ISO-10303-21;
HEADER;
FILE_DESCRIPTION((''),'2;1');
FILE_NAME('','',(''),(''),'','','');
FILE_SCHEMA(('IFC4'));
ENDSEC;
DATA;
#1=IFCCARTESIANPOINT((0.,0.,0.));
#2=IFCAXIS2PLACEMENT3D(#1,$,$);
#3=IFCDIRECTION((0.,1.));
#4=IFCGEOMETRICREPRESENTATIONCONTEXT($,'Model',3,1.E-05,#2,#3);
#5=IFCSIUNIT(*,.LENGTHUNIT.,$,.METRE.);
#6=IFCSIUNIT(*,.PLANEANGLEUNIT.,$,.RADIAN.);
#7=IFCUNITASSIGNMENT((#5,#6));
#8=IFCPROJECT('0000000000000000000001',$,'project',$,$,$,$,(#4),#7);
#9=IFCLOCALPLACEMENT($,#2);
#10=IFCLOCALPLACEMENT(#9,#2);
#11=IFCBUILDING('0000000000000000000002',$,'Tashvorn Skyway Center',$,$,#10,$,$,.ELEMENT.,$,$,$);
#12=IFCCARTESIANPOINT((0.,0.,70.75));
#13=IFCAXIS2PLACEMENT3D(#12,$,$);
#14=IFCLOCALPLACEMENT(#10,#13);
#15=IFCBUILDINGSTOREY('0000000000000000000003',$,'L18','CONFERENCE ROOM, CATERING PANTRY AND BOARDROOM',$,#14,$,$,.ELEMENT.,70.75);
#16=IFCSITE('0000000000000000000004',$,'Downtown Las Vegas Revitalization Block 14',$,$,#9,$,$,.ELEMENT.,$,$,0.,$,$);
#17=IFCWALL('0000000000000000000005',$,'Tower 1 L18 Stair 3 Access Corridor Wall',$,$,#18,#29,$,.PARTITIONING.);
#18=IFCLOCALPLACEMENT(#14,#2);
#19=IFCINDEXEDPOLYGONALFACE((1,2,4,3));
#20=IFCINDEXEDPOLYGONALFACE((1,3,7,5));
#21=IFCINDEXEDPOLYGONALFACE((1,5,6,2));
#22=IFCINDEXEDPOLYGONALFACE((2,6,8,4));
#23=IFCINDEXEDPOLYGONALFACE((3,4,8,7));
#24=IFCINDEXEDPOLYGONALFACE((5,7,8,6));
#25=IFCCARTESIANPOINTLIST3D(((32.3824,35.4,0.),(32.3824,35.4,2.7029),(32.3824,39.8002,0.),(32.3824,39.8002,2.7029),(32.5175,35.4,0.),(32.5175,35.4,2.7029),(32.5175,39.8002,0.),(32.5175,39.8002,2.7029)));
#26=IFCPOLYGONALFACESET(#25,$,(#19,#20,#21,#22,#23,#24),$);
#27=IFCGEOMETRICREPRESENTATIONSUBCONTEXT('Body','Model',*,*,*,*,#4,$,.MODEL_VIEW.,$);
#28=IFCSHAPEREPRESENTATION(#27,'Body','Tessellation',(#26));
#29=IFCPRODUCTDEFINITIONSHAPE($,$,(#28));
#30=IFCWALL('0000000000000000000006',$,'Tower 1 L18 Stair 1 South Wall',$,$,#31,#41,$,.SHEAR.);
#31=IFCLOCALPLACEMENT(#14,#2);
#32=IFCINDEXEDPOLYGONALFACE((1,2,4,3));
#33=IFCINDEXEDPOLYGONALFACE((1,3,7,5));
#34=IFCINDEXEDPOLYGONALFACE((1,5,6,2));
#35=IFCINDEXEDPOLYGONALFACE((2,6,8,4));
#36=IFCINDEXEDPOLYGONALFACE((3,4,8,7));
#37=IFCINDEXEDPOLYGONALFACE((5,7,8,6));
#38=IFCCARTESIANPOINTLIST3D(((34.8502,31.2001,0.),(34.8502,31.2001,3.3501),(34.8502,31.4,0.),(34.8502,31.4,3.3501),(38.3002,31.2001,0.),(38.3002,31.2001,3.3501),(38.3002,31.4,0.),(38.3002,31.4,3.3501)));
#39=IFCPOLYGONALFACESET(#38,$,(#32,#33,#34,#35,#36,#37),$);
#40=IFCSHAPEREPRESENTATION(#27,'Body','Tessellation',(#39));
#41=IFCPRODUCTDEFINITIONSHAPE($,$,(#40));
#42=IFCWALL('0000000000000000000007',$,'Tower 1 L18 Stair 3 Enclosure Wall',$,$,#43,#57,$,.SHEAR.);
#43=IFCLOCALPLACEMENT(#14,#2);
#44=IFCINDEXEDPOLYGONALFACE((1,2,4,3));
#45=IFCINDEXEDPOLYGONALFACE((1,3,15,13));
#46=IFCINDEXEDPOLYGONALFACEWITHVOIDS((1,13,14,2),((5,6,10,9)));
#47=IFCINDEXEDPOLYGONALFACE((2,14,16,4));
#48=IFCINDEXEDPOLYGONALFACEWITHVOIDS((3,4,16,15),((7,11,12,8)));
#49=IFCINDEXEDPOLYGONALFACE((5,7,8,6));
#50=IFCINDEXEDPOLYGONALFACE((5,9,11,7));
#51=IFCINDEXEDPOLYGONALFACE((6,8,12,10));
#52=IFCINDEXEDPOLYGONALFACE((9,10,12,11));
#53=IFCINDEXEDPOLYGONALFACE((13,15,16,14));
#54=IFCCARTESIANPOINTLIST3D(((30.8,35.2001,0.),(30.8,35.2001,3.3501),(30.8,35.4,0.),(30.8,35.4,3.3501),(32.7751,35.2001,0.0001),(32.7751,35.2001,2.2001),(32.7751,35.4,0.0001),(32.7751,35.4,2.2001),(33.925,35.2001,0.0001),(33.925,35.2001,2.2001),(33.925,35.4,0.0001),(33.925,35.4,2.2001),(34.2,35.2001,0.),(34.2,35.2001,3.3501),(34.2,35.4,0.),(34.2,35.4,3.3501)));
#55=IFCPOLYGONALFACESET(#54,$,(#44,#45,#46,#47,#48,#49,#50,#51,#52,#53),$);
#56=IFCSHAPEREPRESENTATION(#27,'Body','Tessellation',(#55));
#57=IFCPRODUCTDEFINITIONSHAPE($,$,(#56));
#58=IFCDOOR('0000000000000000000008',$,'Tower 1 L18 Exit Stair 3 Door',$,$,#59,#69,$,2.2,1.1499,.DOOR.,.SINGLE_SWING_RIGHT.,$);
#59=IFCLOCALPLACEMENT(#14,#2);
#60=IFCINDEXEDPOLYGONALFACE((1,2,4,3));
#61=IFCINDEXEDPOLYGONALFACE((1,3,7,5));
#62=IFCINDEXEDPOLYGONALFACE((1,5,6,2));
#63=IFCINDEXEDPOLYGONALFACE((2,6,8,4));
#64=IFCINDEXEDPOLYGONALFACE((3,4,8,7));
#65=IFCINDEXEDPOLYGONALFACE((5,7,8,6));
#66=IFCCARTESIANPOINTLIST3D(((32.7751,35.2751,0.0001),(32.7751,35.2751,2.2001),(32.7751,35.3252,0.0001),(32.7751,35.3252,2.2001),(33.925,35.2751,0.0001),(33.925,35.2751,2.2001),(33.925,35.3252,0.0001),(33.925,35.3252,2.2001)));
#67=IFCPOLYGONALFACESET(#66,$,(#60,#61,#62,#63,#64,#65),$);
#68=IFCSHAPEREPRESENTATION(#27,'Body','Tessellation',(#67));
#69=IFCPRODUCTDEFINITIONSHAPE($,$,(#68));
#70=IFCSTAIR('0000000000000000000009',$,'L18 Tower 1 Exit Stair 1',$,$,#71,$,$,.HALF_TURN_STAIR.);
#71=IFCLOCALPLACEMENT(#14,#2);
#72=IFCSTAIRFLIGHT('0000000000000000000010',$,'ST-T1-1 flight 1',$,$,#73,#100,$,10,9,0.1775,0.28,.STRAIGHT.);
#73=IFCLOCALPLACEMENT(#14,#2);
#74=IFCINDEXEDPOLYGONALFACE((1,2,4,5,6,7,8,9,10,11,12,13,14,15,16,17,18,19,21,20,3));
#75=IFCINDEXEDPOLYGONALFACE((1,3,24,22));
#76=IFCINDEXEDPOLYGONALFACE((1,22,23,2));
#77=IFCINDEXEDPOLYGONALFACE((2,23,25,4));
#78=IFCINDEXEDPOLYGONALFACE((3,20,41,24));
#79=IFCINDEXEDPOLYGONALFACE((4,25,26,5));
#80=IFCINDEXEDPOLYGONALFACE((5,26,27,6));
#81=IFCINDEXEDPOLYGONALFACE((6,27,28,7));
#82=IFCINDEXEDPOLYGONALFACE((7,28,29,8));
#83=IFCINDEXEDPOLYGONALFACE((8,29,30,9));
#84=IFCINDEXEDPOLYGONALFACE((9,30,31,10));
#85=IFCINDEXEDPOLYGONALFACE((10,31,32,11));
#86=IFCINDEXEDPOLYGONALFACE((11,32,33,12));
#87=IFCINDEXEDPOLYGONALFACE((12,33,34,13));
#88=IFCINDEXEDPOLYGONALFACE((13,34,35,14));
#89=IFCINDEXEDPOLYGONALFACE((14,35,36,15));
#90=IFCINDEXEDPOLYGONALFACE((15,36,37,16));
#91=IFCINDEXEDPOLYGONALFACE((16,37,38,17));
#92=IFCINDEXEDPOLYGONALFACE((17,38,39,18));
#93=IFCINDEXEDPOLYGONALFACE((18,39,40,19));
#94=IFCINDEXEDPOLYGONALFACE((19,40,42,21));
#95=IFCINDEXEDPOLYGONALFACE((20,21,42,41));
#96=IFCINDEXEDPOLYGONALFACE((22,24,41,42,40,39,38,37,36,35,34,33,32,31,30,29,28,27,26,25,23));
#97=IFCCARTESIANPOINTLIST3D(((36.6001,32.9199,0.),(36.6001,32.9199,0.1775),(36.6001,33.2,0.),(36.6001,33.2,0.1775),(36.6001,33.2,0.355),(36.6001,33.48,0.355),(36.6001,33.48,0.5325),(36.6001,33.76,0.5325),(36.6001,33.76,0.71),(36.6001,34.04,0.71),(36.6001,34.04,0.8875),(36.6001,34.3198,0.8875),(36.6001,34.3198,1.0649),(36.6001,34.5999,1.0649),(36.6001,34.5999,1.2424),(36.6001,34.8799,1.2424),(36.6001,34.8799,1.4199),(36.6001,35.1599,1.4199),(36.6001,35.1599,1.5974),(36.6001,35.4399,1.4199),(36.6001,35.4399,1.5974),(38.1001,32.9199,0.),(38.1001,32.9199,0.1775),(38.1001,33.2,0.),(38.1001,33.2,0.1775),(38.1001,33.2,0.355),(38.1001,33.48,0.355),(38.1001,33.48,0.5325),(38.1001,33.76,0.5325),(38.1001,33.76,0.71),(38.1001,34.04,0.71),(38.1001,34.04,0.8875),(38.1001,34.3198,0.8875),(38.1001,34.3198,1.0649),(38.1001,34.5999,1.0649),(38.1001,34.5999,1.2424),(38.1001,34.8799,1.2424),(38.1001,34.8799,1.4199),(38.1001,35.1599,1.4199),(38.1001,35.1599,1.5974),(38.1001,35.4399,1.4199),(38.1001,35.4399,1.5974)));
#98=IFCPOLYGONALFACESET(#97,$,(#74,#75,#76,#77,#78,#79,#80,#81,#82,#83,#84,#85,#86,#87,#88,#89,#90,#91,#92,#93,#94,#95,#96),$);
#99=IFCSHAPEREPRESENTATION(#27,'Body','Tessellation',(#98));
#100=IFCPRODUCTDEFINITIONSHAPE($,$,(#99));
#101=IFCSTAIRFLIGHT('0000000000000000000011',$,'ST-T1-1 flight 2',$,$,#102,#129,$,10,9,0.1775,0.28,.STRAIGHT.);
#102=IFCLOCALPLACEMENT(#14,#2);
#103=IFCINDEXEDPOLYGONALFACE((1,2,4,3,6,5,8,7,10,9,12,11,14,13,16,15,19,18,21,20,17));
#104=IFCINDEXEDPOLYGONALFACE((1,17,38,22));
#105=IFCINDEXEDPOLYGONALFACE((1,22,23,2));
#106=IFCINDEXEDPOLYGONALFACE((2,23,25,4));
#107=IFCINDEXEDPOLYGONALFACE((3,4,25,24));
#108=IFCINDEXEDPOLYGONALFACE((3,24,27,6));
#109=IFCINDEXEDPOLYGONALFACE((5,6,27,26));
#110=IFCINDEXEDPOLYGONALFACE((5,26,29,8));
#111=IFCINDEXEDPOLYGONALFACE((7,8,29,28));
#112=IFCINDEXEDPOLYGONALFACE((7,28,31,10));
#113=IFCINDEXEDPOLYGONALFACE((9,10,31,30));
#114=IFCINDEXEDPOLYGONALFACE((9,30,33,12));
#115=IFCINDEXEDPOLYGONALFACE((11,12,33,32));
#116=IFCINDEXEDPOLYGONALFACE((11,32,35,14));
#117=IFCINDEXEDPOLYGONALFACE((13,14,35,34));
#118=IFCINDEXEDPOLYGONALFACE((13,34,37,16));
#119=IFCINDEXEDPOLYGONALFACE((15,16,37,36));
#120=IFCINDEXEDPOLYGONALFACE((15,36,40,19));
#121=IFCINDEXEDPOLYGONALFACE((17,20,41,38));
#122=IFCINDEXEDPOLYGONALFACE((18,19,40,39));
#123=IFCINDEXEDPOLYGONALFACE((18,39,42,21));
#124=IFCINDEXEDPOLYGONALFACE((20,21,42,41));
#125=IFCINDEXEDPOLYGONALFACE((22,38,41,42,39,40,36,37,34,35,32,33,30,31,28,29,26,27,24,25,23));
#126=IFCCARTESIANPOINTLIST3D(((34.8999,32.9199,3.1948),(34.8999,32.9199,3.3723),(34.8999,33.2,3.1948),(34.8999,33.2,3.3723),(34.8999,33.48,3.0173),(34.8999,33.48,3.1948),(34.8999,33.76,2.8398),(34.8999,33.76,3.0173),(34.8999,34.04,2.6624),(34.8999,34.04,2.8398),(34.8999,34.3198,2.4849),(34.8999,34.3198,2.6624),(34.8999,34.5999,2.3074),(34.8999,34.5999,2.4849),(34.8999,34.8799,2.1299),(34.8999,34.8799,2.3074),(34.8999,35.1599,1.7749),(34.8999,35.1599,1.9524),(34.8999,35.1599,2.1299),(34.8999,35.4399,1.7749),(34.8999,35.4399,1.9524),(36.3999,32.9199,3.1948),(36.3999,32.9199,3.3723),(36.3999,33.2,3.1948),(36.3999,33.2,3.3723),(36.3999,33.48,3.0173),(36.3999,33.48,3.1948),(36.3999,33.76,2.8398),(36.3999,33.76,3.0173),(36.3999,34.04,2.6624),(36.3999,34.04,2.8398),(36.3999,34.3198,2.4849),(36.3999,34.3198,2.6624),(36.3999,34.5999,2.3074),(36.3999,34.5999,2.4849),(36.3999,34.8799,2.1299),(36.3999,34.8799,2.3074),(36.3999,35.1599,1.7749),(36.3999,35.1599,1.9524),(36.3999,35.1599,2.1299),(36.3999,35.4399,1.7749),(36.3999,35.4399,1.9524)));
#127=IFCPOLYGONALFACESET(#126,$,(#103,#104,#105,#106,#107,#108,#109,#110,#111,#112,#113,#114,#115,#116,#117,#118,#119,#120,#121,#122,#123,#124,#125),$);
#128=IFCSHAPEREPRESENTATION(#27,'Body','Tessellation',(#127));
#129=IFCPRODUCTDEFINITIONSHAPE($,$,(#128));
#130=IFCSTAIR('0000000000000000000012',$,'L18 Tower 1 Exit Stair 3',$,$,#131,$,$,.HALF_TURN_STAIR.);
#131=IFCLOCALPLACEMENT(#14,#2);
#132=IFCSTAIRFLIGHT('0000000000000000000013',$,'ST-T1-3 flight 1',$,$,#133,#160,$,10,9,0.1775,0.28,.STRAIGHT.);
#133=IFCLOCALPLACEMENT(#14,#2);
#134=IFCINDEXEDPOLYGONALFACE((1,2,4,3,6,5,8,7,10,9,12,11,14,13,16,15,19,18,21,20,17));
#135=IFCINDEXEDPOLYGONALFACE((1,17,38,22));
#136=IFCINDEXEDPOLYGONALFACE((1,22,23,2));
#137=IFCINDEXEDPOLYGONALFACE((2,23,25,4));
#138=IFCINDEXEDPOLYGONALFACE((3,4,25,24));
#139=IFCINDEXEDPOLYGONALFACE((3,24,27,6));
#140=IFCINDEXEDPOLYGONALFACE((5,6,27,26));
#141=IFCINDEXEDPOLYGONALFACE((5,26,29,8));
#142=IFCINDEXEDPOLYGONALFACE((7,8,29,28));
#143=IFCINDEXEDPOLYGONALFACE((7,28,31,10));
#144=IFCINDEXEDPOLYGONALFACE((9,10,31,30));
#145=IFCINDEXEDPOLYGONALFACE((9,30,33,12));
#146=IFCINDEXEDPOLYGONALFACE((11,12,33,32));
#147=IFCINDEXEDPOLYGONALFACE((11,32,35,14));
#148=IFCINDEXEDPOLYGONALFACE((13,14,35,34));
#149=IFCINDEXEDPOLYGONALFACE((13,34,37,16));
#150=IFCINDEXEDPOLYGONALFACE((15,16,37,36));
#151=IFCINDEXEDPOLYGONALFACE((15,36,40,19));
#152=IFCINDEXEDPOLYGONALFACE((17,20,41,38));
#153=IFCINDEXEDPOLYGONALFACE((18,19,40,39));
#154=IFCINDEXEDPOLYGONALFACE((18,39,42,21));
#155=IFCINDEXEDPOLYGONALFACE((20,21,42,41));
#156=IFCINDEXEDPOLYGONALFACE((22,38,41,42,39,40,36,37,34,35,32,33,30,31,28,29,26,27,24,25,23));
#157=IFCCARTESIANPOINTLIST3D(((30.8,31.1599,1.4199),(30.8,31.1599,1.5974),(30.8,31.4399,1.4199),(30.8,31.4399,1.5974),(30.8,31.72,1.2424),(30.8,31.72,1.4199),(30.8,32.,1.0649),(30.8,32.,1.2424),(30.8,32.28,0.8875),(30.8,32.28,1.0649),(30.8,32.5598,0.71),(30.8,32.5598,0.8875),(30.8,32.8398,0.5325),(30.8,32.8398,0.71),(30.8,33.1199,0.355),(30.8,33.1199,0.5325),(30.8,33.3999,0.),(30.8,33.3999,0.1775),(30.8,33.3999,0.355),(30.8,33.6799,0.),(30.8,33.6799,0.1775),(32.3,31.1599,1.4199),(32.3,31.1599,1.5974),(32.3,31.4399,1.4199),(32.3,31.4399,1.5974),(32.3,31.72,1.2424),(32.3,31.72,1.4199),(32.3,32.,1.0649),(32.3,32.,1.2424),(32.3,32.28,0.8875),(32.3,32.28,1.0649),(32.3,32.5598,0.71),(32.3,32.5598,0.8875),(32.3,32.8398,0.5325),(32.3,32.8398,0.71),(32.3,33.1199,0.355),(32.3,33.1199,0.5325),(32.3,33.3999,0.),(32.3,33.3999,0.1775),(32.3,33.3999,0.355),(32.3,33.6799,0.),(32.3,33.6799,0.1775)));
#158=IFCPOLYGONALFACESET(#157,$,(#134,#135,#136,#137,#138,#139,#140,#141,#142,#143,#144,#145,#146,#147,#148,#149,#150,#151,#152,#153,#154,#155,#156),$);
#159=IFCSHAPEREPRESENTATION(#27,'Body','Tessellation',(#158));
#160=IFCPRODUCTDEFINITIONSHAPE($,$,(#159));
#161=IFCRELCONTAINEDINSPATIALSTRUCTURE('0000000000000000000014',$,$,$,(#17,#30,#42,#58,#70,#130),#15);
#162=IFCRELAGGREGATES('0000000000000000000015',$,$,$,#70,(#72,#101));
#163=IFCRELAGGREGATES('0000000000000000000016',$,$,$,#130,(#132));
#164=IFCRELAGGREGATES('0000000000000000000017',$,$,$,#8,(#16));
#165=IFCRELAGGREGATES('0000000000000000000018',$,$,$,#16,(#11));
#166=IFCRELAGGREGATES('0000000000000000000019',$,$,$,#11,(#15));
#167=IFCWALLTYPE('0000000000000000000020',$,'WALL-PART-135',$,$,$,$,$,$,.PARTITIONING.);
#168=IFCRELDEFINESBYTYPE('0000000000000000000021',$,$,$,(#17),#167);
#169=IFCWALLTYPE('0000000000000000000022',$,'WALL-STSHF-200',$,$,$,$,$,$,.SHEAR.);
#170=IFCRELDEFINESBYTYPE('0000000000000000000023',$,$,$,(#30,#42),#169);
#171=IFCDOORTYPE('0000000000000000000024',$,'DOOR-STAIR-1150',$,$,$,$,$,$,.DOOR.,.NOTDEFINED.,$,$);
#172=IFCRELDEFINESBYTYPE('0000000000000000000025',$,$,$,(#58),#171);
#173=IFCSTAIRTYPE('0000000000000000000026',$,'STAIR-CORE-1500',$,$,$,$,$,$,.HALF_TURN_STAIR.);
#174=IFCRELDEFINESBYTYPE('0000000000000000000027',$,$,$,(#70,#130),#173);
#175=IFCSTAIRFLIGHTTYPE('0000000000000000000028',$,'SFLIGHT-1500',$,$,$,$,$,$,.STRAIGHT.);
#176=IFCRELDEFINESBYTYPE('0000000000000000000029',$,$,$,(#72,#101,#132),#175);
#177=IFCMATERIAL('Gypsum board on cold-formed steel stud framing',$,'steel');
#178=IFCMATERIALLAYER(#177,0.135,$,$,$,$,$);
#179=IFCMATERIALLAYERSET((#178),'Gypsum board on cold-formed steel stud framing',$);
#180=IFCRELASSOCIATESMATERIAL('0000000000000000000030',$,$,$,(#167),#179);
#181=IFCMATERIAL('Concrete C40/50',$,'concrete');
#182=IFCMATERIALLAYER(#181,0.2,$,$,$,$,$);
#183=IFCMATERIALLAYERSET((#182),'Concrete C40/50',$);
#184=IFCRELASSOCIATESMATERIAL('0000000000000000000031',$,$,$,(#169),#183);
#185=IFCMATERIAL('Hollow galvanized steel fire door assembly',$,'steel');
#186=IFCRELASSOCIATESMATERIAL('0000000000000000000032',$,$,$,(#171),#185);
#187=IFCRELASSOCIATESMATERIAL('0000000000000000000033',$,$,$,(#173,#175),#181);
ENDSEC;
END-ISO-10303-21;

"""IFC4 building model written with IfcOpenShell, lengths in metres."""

from ifc_helpers import new_model, si_unit, direction, frame, frame_2d, origin, place, context, subcontext, project, spatial, polyline, rectangle, outline, extrude, material, layer, layer_set, type_object, element, fill, aggregate, save


model = new_model("IFC4")

# Units and contexts
model_context = context("Model", 3, precision=1e-05, world=origin(), true_north=direction((0.0, 1.0)))
body_context = subcontext(model_context, "Body", "Model", "MODEL_VIEW")
ifc_project = project(units=[si_unit("LENGTHUNIT", "METRE"), si_unit("PLANEANGLEUNIT", "RADIAN")], contexts=[model_context])

# Site, building, storey
site_placement = place(None, origin())
site = spatial("IfcSite", under=ifc_project, at=site_placement, Name="Downtown Las Vegas Revitalization Block 14", CompositionType="ELEMENT", RefElevation=0.0)
building_placement = place(site_placement, origin())
building = spatial("IfcBuilding", under=site, at=building_placement, Name="Tashvorn Skyway Center", CompositionType="ELEMENT")
storey_placement = place(building_placement, frame((0.0, 0.0, 70.75)))
storey = spatial("IfcBuildingStorey", under=building, at=storey_placement, Name="L18", Description="CONFERENCE ROOM, CATERING PANTRY AND BOARDROOM", CompositionType="ELEMENT", Elevation=70.75)

# Walls
ifc_material_1 = material(Name="Gypsum board on cold-formed steel stud framing", Category="steel")
ifc_layer_1 = layer(ifc_material_1, 0.135)
ifc_layer_set_1 = layer_set([ifc_layer_1], Name="Gypsum board on cold-formed steel stud framing")
wall_type_1 = type_object("IfcWallType", Name="WALL-PART-135", PredefinedType="PARTITIONING", material=ifc_layer_set_1)
wall_1_placement = place(storey_placement, frame((32.45, 35.3999, 0.0), z_axis=(0.0, 0.0, 1.0), x_axis=(0.0, 1.0, 0.0)))
element("IfcWall", 1, at=wall_1_placement, inside=storey, type_object=wall_type_1, Name="Tower 1 L18 Stair 3 Access Corridor Wall", PredefinedType="PARTITIONING", context=body_context, shape_type="SweptSolid", body=[
    extrude(rectangle(XDim=4.4001, YDim=0.135, at=frame_2d((2.2002, 0.0))), origin(), (0.0, 0.0, 1.0), 2.7029),
])
ifc_material_2 = material(Name="Concrete C40/50", Category="concrete")
ifc_layer_2 = layer(ifc_material_2, 0.2)
ifc_layer_set_2 = layer_set([ifc_layer_2], Name="Concrete C40/50")
wall_type_2 = type_object("IfcWallType", Name="WALL-STSHF-200", PredefinedType="SHEAR", material=ifc_layer_set_2)
wall_2_placement = place(storey_placement, frame((34.8501, 31.3, 0.0), z_axis=(0.0, 0.0, 1.0), x_axis=(1.0, 0.0, 0.0)))
element("IfcWall", 2, at=wall_2_placement, inside=storey, type_object=wall_type_2, Name="Tower 1 L18 Stair 1 South Wall", PredefinedType="SHEAR", context=body_context, shape_type="SweptSolid", body=[
    extrude(rectangle(XDim=3.45, YDim=0.2, at=frame_2d((1.7251, 0.0))), origin(), (0.0, 0.0, 1.0), 3.3501),
])

# Wall, opening, door
wall_3_placement = place(storey_placement, frame((34.2, 35.3, 0.0), z_axis=(0.0, 0.0, 1.0), x_axis=(-1.0, 0.0, 0.0)))
wall_3 = element("IfcWall", 3, at=wall_3_placement, inside=storey, type_object=wall_type_2, Name="Tower 1 L18 Stair 3 Enclosure Wall", PredefinedType="SHEAR", context=body_context, shape_type="SweptSolid", body=[
    extrude(rectangle(XDim=3.3999, YDim=0.2, at=frame_2d((1.7, 0.0))), origin(), (0.0, 0.0, 1.0), 3.3501),
])
opening_placement = place(wall_3_placement, frame((0.2749, 0.0, 0.0)))
opening = element("IfcOpeningElement", 4, at=opening_placement, cuts=wall_3, PredefinedType="OPENING", context=body_context, shape_type="SweptSolid", body=[
    extrude(rectangle(XDim=1.1499, YDim=2.2, at=frame_2d((0.575, 1.1001))), frame((0.0, 0.1099, 0.0), z_axis=(0.0, -1.0, 0.0), x_axis=(1.0, 0.0, 0.0)), (0.0, 0.0, 1.0), 0.22),
])
ifc_material_3 = material(Name="Hollow galvanized steel fire door assembly", Category="steel")
door_type = type_object("IfcDoorType", Name="DOOR-STAIR-1150", OperationType="NOTDEFINED", PredefinedType="DOOR", material=ifc_material_3)
door_placement = place(opening_placement, origin())
door = element("IfcDoor", 5, at=door_placement, inside=storey, type_object=door_type, Name="Tower 1 L18 Exit Stair 3 Door", OperationType="SINGLE_SWING_RIGHT", OverallHeight=2.2, OverallWidth=1.1499, PredefinedType="DOOR", context=body_context, shape_type="SweptSolid", body=[
    extrude(rectangle(XDim=1.1499, YDim=2.2, at=frame_2d((0.575, 1.1001))), frame((0.0, 0.0249, 0.0), z_axis=(0.0, -1.0, 0.0), x_axis=(1.0, 0.0, 0.0)), (0.0, 0.0, 1.0), 0.05),
])
fill(opening, door)

# Stairs, stair flights
stair_type = type_object("IfcStairType", Name="STAIR-CORE-1500", PredefinedType="HALF_TURN_STAIR", material=ifc_material_2)
stair_1_placement = place(storey_placement, origin())
stair_1 = element("IfcStair", 6, at=stair_1_placement, inside=storey, type_object=stair_type, Name="L18 Tower 1 Exit Stair 1", PredefinedType="HALF_TURN_STAIR")
stair_flight_type = type_object("IfcStairFlightType", Name="SFLIGHT-1500", PredefinedType="STRAIGHT", material=ifc_material_2)
stair_flight_1_placement = place(storey_placement, frame((37.3501, 32.9199, 0.0), z_axis=(0.0, 0.0, 1.0), x_axis=(0.0, 1.0, 0.0)))
stair_flight_1 = element("IfcStairFlight", 7, at=stair_flight_1_placement, type_object=stair_flight_type, Name="ST-T1-1 flight 1", NumberOfRisers=10, NumberOfTreads=9, PredefinedType="STRAIGHT", RiserHeight=0.1775, TreadLength=0.28, context=body_context, shape_type="SweptSolid", body=[
    extrude(outline(polyline([(0.0, 0.0), (0.0, 0.1775), (0.28, 0.1775), (0.28, 0.355), (0.5601, 0.355), (0.5601, 0.5325), (0.8401, 0.5325), (0.8401, 0.71), (1.1201, 0.71), (1.1201, 0.8875), (1.3999, 0.8875), (1.3999, 1.0649), (1.6799, 1.0649), (1.6799, 1.2424), (1.96, 1.2424), (1.96, 1.4199), (2.24, 1.4199), (2.24, 1.5974), (2.52, 1.5974), (2.52, 1.7749), (2.52, 1.4199), (0.28, 0.0), (0.0, 0.0)])), frame((0.0, 0.75, 0.0), z_axis=(0.0, -1.0, 0.0), x_axis=(1.0, 0.0, 0.0)), (0.0, 0.0, 1.0), 1.5),
])
stair_flight_2_placement = place(storey_placement, frame((35.6499, 35.4399, 1.7749), z_axis=(0.0, 0.0, 1.0), x_axis=(0.0, -1.0, 0.0)))
stair_flight_2 = element("IfcStairFlight", 8, at=stair_flight_2_placement, type_object=stair_flight_type, Name="ST-T1-1 flight 2", NumberOfRisers=10, NumberOfTreads=9, PredefinedType="STRAIGHT", RiserHeight=0.1775, TreadLength=0.28, context=body_context, shape_type="SweptSolid", body=[
    extrude(outline(polyline([(0.0, 0.0), (0.0, 0.1775), (0.28, 0.1775), (0.28, 0.355), (0.5601, 0.355), (0.5601, 0.5325), (0.8401, 0.5325), (0.8401, 0.71), (1.1201, 0.71), (1.1201, 0.8875), (1.3999, 0.8875), (1.3999, 1.0649), (1.6799, 1.0649), (1.6799, 1.2424), (1.96, 1.2424), (1.96, 1.4199), (2.24, 1.4199), (2.24, 1.5974), (2.52, 1.5974), (2.52, 1.7749), (2.52, 1.4199), (0.28, 0.0), (0.0, 0.0)])), frame((0.0, 0.75, 0.0), z_axis=(0.0, -1.0, 0.0), x_axis=(1.0, 0.0, 0.0)), (0.0, 0.0, 1.0), 1.5),
])
aggregate(stair_1, [stair_flight_1, stair_flight_2])
stair_2_placement = place(storey_placement, origin())
stair_2 = element("IfcStair", 9, at=stair_2_placement, inside=storey, type_object=stair_type, Name="L18 Tower 1 Exit Stair 3", PredefinedType="HALF_TURN_STAIR")
stair_flight_3_placement = place(storey_placement, frame((31.55, 33.6799, 0.0), z_axis=(0.0, 0.0, 1.0), x_axis=(0.0, -1.0, 0.0)))
stair_flight_3 = element("IfcStairFlight", 10, at=stair_flight_3_placement, type_object=stair_flight_type, Name="ST-T1-3 flight 1", NumberOfRisers=10, NumberOfTreads=9, PredefinedType="STRAIGHT", RiserHeight=0.1775, TreadLength=0.28, context=body_context, shape_type="SweptSolid", body=[
    extrude(outline(polyline([(0.0, 0.0), (0.0, 0.1775), (0.28, 0.1775), (0.28, 0.355), (0.5601, 0.355), (0.5601, 0.5325), (0.8401, 0.5325), (0.8401, 0.71), (1.1201, 0.71), (1.1201, 0.8875), (1.3999, 0.8875), (1.3999, 1.0649), (1.6799, 1.0649), (1.6799, 1.2424), (1.96, 1.2424), (1.96, 1.4199), (2.24, 1.4199), (2.24, 1.5974), (2.52, 1.5974), (2.52, 1.7749), (2.52, 1.4199), (0.28, 0.0), (0.0, 0.0)])), frame((0.0, 0.75, 0.0), z_axis=(0.0, -1.0, 0.0), x_axis=(1.0, 0.0, 0.0)), (0.0, 0.0, 1.0), 1.5),
])
aggregate(stair_2, [stair_flight_3])

save(model, "model.ifc")
